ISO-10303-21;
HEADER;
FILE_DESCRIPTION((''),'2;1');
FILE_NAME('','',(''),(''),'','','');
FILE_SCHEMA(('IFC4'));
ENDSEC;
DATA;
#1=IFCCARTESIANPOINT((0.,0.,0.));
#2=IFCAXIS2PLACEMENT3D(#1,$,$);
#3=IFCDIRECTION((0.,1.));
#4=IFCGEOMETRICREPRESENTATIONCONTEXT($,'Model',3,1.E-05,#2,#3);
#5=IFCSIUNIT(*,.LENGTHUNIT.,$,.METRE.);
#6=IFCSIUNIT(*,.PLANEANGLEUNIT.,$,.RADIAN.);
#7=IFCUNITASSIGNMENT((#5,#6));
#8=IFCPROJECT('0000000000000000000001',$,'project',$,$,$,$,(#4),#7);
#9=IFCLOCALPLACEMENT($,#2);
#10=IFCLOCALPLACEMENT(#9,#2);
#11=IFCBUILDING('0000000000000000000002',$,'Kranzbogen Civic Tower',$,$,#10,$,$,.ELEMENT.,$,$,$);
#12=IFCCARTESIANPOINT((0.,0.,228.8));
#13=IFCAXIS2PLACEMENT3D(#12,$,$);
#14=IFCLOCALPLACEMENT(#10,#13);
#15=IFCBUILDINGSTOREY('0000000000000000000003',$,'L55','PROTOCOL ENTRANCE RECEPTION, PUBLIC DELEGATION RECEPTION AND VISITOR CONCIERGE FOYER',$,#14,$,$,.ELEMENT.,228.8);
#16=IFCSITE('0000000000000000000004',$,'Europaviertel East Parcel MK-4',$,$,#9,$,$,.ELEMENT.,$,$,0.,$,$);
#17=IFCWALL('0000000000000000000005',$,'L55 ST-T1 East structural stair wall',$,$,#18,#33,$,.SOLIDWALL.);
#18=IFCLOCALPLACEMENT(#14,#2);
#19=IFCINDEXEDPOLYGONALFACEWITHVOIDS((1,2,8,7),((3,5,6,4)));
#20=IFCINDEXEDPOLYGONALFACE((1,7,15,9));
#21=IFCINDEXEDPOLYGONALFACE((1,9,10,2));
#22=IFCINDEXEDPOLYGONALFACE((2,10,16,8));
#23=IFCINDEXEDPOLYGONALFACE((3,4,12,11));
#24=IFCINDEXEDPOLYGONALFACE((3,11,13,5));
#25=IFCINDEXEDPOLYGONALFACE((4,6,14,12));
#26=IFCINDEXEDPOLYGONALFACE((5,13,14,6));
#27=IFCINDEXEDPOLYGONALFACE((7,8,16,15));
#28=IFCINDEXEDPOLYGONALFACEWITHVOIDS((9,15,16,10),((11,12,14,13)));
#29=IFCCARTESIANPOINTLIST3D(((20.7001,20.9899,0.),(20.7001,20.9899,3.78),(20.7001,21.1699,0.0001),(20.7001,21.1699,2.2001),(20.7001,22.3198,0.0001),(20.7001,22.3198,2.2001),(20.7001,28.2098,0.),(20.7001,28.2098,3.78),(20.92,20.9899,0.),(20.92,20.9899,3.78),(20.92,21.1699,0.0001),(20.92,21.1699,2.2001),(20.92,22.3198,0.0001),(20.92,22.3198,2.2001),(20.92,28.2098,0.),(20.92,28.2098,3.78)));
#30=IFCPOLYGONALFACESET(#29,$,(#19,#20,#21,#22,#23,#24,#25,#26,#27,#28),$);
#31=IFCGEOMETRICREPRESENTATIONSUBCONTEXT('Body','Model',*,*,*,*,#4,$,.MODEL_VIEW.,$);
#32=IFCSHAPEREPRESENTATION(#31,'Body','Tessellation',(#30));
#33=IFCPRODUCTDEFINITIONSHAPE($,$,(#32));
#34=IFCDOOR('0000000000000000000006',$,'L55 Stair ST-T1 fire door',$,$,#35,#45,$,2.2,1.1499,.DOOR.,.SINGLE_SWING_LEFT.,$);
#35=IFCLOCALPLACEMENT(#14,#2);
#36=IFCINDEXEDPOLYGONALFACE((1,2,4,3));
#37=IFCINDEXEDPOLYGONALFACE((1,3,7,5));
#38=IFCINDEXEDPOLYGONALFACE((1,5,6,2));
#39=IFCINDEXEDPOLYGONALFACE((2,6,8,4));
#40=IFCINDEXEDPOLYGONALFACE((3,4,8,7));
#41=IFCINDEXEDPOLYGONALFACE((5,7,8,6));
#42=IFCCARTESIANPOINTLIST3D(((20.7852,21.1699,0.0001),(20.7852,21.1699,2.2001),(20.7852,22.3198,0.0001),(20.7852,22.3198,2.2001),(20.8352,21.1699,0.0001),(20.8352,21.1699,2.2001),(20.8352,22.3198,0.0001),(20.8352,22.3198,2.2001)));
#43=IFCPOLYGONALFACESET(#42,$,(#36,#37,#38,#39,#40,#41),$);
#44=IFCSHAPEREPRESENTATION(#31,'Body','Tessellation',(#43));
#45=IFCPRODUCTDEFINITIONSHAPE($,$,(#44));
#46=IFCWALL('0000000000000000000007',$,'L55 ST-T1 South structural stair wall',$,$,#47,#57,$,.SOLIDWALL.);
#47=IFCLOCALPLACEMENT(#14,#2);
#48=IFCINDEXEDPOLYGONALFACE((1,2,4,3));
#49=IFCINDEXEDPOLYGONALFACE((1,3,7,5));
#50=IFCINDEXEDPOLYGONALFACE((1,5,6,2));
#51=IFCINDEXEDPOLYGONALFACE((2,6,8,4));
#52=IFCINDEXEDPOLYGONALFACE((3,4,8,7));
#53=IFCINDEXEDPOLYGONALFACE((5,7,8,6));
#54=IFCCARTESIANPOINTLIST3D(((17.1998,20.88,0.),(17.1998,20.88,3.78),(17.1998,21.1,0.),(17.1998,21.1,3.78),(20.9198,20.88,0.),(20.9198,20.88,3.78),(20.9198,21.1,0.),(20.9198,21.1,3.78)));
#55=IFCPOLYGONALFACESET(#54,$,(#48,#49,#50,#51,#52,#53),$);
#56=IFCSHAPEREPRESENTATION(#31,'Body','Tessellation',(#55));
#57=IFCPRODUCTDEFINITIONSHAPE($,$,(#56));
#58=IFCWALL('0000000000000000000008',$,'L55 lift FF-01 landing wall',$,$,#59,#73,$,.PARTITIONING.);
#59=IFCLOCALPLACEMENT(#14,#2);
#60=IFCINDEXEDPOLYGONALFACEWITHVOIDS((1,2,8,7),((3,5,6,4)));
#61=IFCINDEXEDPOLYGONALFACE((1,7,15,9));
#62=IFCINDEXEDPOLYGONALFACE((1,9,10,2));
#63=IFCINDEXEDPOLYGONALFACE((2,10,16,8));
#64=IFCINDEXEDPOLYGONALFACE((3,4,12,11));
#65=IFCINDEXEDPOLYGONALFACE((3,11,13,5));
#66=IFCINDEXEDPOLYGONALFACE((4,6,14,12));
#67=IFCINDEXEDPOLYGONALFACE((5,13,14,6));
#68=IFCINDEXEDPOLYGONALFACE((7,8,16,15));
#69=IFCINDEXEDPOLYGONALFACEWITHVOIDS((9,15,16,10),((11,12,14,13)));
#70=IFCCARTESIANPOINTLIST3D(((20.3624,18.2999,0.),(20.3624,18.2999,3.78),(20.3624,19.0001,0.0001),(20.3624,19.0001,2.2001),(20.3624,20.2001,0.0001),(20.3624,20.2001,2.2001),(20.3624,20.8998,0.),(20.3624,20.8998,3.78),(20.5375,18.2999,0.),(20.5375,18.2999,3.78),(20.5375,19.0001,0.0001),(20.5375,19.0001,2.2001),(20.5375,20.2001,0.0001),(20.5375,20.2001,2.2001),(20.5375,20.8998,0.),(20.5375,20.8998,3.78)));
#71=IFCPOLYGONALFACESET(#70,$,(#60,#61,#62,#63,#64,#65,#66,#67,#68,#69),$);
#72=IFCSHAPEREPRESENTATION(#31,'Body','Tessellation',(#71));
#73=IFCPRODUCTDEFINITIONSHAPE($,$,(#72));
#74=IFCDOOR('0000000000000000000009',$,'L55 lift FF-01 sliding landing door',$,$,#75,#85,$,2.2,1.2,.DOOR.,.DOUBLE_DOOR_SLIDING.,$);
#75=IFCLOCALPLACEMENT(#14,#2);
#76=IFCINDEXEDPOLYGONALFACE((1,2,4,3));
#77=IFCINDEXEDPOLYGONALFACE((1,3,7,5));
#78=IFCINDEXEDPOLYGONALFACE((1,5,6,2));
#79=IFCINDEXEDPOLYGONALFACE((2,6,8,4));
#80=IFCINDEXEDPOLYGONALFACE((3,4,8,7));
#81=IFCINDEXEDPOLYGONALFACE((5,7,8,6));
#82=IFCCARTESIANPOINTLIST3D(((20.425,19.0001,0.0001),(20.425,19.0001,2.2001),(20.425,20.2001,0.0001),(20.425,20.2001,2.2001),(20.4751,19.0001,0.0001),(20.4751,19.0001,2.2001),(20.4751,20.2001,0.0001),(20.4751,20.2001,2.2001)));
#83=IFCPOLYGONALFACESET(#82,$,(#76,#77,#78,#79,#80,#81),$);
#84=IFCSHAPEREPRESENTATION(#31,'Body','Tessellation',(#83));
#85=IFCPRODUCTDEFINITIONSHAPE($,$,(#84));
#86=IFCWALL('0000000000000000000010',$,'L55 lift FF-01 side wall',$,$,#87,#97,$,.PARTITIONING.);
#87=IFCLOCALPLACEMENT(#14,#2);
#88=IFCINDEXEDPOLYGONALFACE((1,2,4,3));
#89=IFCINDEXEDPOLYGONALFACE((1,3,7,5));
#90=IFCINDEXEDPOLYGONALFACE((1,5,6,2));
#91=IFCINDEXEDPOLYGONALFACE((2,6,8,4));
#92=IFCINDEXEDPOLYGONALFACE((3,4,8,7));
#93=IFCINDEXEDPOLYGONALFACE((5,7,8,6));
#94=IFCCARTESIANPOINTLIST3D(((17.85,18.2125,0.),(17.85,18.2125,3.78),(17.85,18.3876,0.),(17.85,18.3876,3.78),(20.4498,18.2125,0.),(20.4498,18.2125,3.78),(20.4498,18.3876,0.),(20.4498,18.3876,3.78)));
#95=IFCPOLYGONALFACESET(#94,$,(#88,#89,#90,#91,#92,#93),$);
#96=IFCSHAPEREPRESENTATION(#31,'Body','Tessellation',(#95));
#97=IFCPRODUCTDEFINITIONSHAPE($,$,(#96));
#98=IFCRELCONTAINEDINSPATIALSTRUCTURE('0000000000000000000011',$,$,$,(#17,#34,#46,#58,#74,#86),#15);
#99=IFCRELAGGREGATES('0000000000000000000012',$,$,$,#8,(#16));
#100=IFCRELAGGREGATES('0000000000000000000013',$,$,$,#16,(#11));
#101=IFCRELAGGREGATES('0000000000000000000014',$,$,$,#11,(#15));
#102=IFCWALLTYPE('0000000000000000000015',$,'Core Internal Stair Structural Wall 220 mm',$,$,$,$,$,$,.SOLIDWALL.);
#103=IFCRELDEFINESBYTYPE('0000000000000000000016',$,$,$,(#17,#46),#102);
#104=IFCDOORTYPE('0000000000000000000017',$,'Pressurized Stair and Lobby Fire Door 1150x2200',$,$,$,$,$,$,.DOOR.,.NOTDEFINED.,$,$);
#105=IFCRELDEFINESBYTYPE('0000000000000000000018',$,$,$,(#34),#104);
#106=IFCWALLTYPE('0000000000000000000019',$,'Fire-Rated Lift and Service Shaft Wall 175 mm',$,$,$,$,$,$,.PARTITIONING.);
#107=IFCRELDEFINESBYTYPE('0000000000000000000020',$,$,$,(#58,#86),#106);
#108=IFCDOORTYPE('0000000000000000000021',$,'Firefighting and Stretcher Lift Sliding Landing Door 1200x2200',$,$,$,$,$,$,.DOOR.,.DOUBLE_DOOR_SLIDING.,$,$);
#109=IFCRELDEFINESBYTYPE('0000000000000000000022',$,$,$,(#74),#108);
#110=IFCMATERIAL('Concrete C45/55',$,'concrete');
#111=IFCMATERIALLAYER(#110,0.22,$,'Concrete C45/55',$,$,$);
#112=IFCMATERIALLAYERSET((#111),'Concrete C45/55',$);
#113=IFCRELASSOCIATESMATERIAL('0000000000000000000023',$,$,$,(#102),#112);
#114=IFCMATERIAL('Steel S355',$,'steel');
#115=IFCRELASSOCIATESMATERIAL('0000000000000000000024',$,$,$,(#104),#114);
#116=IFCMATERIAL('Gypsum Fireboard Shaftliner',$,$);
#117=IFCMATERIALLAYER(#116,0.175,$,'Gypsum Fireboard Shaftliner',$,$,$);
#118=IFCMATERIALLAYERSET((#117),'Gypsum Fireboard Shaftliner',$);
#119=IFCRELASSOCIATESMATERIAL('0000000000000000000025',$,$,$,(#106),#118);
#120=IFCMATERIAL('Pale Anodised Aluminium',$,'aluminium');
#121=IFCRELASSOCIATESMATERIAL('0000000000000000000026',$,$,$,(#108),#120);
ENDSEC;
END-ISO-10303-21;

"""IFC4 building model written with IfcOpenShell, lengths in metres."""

from ifc_helpers import new_model, si_unit, direction, frame, frame_2d, origin, place, context, subcontext, project, spatial, rectangle, extrude, material, layer, layer_set, type_object, element, fill, save


model = new_model("IFC4")

# Units and contexts
model_context = context("Model", 3, precision=1e-05, world=origin(), true_north=direction((0.0, 1.0)))
body_context = subcontext(model_context, "Body", "Model", "MODEL_VIEW")
ifc_project = project(units=[si_unit("LENGTHUNIT", "METRE"), si_unit("PLANEANGLEUNIT", "RADIAN")], contexts=[model_context])

# Site, building, storey
site_placement = place(None, origin())
site = spatial("IfcSite", under=ifc_project, at=site_placement, Name="Europaviertel East Parcel MK-4", CompositionType="ELEMENT", RefElevation=0.0)
building_placement = place(site_placement, origin())
building = spatial("IfcBuilding", under=site, at=building_placement, Name="Kranzbogen Civic Tower", CompositionType="ELEMENT")
storey_placement = place(building_placement, frame((0.0, 0.0, 228.8)))
storey = spatial("IfcBuildingStorey", under=building, at=storey_placement, Name="L55", Description="PROTOCOL ENTRANCE RECEPTION, PUBLIC DELEGATION RECEPTION AND VISITOR CONCIERGE FOYER", CompositionType="ELEMENT", Elevation=228.8)

# Shared definitions
ifc_material_1 = material(Name="Steel S355", Category="steel")

# Shared definitions
ifc_material_2 = material(Name="Concrete C45/55", Category="concrete")

# Wall, opening, door
ifc_layer_1 = layer(ifc_material_2, 0.22, Name="Concrete C45/55")
ifc_layer_set_1 = layer_set([ifc_layer_1], Name="Concrete C45/55")
wall_type_1 = type_object("IfcWallType", Name="Core Internal Stair Structural Wall 220 mm", PredefinedType="SOLIDWALL", material=ifc_layer_set_1)
wall_1_placement = place(storey_placement, frame((20.8101, 20.99, 0.0), z_axis=(0.0, 0.0, 1.0), x_axis=(0.0, 1.0, 0.0)))
wall_1 = element("IfcWall", 1, at=wall_1_placement, inside=storey, type_object=wall_type_1, Name="L55 ST-T1 East structural stair wall", PredefinedType="SOLIDWALL", context=body_context, shape_type="SweptSolid", body=[
    extrude(rectangle(XDim=7.22, YDim=0.22, at=frame_2d((3.6099, 0.0))), origin(), (0.0, 0.0, 1.0), 3.78),
])
opening_1_placement = place(wall_1_placement, frame((0.1799, 0.0, 0.0)))
opening_1 = element("IfcOpeningElement", 2, at=opening_1_placement, cuts=wall_1, PredefinedType="OPENING", context=body_context, shape_type="SweptSolid", body=[
    extrude(rectangle(XDim=1.1499, YDim=2.2, at=frame_2d((0.575, 1.1001))), frame((0.0, 0.1201, 0.0), z_axis=(0.0, -1.0, 0.0), x_axis=(1.0, 0.0, 0.0)), (0.0, 0.0, 1.0), 0.24),
])
door_type_1 = type_object("IfcDoorType", Name="Pressurized Stair and Lobby Fire Door 1150x2200", OperationType="NOTDEFINED", PredefinedType="DOOR", material=ifc_material_1)
door_1_placement = place(opening_1_placement, origin())
door_1 = element("IfcDoor", 3, at=door_1_placement, inside=storey, type_object=door_type_1, Name="L55 Stair ST-T1 fire door", OperationType="SINGLE_SWING_LEFT", OverallHeight=2.2, OverallWidth=1.1499, PredefinedType="DOOR", context=body_context, shape_type="SweptSolid", body=[
    extrude(rectangle(XDim=1.1499, YDim=2.2, at=frame_2d((0.575, 1.1001))), frame((0.0, 0.0249, 0.0), z_axis=(0.0, -1.0, 0.0), x_axis=(1.0, 0.0, 0.0)), (0.0, 0.0, 1.0), 0.05),
])
fill(opening_1, door_1)

# Wall
wall_2_placement = place(storey_placement, frame((17.2, 20.99, 0.0), z_axis=(0.0, 0.0, 1.0), x_axis=(1.0, 0.0, 0.0)))
element("IfcWall", 4, at=wall_2_placement, inside=storey, type_object=wall_type_1, Name="L55 ST-T1 South structural stair wall", PredefinedType="SOLIDWALL", context=body_context, shape_type="SweptSolid", body=[
    extrude(rectangle(XDim=3.72, YDim=0.22, at=frame_2d((1.8599, 0.0))), origin(), (0.0, 0.0, 1.0), 3.78),
])

# Wall, opening, door
ifc_material_3 = material(Name="Gypsum Fireboard Shaftliner")
ifc_layer_2 = layer(ifc_material_3, 0.175, Name="Gypsum Fireboard Shaftliner")
ifc_layer_set_2 = layer_set([ifc_layer_2], Name="Gypsum Fireboard Shaftliner")
wall_type_2 = type_object("IfcWallType", Name="Fire-Rated Lift and Service Shaft Wall 175 mm", PredefinedType="PARTITIONING", material=ifc_layer_set_2)
wall_3_placement = place(storey_placement, frame((20.45, 18.3, 0.0), z_axis=(0.0, 0.0, 1.0), x_axis=(0.0, 1.0, 0.0)))
wall_3 = element("IfcWall", 5, at=wall_3_placement, inside=storey, type_object=wall_type_2, Name="L55 lift FF-01 landing wall", PredefinedType="PARTITIONING", context=body_context, shape_type="SweptSolid", body=[
    extrude(rectangle(XDim=2.5999, YDim=0.175, at=frame_2d((1.2998, 0.0))), origin(), (0.0, 0.0, 1.0), 3.78),
])
opening_2_placement = place(wall_3_placement, frame((0.7, 0.0, 0.0)))
opening_2 = element("IfcOpeningElement", 6, at=opening_2_placement, cuts=wall_3, PredefinedType="OPENING", context=body_context, shape_type="SweptSolid", body=[
    extrude(rectangle(XDim=1.2, YDim=2.2, at=frame_2d((0.6001, 1.1001))), frame((0.0, 0.0977, 0.0), z_axis=(0.0, -1.0, 0.0), x_axis=(1.0, 0.0, 0.0)), (0.0, 0.0, 1.0), 0.1951),
])
ifc_material_4 = material(Name="Pale Anodised Aluminium", Category="aluminium")
door_type_2 = type_object("IfcDoorType", Name="Firefighting and Stretcher Lift Sliding Landing Door 1200x2200", OperationType="DOUBLE_DOOR_SLIDING", PredefinedType="DOOR", material=ifc_material_4)
door_2_placement = place(opening_2_placement, origin())
door_2 = element("IfcDoor", 7, at=door_2_placement, inside=storey, type_object=door_type_2, Name="L55 lift FF-01 sliding landing door", OperationType="DOUBLE_DOOR_SLIDING", OverallHeight=2.2, OverallWidth=1.2, PredefinedType="DOOR", context=body_context, shape_type="SweptSolid", body=[
    extrude(rectangle(XDim=1.2, YDim=2.2, at=frame_2d((0.6001, 1.1001))), frame((0.0, 0.0249, 0.0), z_axis=(0.0, -1.0, 0.0), x_axis=(1.0, 0.0, 0.0)), (0.0, 0.0, 1.0), 0.05),
])
fill(opening_2, door_2)

# Wall
wall_4_placement = place(storey_placement, frame((17.8501, 18.3, 0.0), z_axis=(0.0, 0.0, 1.0), x_axis=(1.0, 0.0, 0.0)))
element("IfcWall", 8, at=wall_4_placement, inside=storey, type_object=wall_type_2, Name="L55 lift FF-01 side wall", PredefinedType="PARTITIONING", context=body_context, shape_type="SweptSolid", body=[
    extrude(rectangle(XDim=2.5999, YDim=0.175, at=frame_2d((1.2998, 0.0))), origin(), (0.0, 0.0, 1.0), 3.78),
])

save(model, "model.ifc")
